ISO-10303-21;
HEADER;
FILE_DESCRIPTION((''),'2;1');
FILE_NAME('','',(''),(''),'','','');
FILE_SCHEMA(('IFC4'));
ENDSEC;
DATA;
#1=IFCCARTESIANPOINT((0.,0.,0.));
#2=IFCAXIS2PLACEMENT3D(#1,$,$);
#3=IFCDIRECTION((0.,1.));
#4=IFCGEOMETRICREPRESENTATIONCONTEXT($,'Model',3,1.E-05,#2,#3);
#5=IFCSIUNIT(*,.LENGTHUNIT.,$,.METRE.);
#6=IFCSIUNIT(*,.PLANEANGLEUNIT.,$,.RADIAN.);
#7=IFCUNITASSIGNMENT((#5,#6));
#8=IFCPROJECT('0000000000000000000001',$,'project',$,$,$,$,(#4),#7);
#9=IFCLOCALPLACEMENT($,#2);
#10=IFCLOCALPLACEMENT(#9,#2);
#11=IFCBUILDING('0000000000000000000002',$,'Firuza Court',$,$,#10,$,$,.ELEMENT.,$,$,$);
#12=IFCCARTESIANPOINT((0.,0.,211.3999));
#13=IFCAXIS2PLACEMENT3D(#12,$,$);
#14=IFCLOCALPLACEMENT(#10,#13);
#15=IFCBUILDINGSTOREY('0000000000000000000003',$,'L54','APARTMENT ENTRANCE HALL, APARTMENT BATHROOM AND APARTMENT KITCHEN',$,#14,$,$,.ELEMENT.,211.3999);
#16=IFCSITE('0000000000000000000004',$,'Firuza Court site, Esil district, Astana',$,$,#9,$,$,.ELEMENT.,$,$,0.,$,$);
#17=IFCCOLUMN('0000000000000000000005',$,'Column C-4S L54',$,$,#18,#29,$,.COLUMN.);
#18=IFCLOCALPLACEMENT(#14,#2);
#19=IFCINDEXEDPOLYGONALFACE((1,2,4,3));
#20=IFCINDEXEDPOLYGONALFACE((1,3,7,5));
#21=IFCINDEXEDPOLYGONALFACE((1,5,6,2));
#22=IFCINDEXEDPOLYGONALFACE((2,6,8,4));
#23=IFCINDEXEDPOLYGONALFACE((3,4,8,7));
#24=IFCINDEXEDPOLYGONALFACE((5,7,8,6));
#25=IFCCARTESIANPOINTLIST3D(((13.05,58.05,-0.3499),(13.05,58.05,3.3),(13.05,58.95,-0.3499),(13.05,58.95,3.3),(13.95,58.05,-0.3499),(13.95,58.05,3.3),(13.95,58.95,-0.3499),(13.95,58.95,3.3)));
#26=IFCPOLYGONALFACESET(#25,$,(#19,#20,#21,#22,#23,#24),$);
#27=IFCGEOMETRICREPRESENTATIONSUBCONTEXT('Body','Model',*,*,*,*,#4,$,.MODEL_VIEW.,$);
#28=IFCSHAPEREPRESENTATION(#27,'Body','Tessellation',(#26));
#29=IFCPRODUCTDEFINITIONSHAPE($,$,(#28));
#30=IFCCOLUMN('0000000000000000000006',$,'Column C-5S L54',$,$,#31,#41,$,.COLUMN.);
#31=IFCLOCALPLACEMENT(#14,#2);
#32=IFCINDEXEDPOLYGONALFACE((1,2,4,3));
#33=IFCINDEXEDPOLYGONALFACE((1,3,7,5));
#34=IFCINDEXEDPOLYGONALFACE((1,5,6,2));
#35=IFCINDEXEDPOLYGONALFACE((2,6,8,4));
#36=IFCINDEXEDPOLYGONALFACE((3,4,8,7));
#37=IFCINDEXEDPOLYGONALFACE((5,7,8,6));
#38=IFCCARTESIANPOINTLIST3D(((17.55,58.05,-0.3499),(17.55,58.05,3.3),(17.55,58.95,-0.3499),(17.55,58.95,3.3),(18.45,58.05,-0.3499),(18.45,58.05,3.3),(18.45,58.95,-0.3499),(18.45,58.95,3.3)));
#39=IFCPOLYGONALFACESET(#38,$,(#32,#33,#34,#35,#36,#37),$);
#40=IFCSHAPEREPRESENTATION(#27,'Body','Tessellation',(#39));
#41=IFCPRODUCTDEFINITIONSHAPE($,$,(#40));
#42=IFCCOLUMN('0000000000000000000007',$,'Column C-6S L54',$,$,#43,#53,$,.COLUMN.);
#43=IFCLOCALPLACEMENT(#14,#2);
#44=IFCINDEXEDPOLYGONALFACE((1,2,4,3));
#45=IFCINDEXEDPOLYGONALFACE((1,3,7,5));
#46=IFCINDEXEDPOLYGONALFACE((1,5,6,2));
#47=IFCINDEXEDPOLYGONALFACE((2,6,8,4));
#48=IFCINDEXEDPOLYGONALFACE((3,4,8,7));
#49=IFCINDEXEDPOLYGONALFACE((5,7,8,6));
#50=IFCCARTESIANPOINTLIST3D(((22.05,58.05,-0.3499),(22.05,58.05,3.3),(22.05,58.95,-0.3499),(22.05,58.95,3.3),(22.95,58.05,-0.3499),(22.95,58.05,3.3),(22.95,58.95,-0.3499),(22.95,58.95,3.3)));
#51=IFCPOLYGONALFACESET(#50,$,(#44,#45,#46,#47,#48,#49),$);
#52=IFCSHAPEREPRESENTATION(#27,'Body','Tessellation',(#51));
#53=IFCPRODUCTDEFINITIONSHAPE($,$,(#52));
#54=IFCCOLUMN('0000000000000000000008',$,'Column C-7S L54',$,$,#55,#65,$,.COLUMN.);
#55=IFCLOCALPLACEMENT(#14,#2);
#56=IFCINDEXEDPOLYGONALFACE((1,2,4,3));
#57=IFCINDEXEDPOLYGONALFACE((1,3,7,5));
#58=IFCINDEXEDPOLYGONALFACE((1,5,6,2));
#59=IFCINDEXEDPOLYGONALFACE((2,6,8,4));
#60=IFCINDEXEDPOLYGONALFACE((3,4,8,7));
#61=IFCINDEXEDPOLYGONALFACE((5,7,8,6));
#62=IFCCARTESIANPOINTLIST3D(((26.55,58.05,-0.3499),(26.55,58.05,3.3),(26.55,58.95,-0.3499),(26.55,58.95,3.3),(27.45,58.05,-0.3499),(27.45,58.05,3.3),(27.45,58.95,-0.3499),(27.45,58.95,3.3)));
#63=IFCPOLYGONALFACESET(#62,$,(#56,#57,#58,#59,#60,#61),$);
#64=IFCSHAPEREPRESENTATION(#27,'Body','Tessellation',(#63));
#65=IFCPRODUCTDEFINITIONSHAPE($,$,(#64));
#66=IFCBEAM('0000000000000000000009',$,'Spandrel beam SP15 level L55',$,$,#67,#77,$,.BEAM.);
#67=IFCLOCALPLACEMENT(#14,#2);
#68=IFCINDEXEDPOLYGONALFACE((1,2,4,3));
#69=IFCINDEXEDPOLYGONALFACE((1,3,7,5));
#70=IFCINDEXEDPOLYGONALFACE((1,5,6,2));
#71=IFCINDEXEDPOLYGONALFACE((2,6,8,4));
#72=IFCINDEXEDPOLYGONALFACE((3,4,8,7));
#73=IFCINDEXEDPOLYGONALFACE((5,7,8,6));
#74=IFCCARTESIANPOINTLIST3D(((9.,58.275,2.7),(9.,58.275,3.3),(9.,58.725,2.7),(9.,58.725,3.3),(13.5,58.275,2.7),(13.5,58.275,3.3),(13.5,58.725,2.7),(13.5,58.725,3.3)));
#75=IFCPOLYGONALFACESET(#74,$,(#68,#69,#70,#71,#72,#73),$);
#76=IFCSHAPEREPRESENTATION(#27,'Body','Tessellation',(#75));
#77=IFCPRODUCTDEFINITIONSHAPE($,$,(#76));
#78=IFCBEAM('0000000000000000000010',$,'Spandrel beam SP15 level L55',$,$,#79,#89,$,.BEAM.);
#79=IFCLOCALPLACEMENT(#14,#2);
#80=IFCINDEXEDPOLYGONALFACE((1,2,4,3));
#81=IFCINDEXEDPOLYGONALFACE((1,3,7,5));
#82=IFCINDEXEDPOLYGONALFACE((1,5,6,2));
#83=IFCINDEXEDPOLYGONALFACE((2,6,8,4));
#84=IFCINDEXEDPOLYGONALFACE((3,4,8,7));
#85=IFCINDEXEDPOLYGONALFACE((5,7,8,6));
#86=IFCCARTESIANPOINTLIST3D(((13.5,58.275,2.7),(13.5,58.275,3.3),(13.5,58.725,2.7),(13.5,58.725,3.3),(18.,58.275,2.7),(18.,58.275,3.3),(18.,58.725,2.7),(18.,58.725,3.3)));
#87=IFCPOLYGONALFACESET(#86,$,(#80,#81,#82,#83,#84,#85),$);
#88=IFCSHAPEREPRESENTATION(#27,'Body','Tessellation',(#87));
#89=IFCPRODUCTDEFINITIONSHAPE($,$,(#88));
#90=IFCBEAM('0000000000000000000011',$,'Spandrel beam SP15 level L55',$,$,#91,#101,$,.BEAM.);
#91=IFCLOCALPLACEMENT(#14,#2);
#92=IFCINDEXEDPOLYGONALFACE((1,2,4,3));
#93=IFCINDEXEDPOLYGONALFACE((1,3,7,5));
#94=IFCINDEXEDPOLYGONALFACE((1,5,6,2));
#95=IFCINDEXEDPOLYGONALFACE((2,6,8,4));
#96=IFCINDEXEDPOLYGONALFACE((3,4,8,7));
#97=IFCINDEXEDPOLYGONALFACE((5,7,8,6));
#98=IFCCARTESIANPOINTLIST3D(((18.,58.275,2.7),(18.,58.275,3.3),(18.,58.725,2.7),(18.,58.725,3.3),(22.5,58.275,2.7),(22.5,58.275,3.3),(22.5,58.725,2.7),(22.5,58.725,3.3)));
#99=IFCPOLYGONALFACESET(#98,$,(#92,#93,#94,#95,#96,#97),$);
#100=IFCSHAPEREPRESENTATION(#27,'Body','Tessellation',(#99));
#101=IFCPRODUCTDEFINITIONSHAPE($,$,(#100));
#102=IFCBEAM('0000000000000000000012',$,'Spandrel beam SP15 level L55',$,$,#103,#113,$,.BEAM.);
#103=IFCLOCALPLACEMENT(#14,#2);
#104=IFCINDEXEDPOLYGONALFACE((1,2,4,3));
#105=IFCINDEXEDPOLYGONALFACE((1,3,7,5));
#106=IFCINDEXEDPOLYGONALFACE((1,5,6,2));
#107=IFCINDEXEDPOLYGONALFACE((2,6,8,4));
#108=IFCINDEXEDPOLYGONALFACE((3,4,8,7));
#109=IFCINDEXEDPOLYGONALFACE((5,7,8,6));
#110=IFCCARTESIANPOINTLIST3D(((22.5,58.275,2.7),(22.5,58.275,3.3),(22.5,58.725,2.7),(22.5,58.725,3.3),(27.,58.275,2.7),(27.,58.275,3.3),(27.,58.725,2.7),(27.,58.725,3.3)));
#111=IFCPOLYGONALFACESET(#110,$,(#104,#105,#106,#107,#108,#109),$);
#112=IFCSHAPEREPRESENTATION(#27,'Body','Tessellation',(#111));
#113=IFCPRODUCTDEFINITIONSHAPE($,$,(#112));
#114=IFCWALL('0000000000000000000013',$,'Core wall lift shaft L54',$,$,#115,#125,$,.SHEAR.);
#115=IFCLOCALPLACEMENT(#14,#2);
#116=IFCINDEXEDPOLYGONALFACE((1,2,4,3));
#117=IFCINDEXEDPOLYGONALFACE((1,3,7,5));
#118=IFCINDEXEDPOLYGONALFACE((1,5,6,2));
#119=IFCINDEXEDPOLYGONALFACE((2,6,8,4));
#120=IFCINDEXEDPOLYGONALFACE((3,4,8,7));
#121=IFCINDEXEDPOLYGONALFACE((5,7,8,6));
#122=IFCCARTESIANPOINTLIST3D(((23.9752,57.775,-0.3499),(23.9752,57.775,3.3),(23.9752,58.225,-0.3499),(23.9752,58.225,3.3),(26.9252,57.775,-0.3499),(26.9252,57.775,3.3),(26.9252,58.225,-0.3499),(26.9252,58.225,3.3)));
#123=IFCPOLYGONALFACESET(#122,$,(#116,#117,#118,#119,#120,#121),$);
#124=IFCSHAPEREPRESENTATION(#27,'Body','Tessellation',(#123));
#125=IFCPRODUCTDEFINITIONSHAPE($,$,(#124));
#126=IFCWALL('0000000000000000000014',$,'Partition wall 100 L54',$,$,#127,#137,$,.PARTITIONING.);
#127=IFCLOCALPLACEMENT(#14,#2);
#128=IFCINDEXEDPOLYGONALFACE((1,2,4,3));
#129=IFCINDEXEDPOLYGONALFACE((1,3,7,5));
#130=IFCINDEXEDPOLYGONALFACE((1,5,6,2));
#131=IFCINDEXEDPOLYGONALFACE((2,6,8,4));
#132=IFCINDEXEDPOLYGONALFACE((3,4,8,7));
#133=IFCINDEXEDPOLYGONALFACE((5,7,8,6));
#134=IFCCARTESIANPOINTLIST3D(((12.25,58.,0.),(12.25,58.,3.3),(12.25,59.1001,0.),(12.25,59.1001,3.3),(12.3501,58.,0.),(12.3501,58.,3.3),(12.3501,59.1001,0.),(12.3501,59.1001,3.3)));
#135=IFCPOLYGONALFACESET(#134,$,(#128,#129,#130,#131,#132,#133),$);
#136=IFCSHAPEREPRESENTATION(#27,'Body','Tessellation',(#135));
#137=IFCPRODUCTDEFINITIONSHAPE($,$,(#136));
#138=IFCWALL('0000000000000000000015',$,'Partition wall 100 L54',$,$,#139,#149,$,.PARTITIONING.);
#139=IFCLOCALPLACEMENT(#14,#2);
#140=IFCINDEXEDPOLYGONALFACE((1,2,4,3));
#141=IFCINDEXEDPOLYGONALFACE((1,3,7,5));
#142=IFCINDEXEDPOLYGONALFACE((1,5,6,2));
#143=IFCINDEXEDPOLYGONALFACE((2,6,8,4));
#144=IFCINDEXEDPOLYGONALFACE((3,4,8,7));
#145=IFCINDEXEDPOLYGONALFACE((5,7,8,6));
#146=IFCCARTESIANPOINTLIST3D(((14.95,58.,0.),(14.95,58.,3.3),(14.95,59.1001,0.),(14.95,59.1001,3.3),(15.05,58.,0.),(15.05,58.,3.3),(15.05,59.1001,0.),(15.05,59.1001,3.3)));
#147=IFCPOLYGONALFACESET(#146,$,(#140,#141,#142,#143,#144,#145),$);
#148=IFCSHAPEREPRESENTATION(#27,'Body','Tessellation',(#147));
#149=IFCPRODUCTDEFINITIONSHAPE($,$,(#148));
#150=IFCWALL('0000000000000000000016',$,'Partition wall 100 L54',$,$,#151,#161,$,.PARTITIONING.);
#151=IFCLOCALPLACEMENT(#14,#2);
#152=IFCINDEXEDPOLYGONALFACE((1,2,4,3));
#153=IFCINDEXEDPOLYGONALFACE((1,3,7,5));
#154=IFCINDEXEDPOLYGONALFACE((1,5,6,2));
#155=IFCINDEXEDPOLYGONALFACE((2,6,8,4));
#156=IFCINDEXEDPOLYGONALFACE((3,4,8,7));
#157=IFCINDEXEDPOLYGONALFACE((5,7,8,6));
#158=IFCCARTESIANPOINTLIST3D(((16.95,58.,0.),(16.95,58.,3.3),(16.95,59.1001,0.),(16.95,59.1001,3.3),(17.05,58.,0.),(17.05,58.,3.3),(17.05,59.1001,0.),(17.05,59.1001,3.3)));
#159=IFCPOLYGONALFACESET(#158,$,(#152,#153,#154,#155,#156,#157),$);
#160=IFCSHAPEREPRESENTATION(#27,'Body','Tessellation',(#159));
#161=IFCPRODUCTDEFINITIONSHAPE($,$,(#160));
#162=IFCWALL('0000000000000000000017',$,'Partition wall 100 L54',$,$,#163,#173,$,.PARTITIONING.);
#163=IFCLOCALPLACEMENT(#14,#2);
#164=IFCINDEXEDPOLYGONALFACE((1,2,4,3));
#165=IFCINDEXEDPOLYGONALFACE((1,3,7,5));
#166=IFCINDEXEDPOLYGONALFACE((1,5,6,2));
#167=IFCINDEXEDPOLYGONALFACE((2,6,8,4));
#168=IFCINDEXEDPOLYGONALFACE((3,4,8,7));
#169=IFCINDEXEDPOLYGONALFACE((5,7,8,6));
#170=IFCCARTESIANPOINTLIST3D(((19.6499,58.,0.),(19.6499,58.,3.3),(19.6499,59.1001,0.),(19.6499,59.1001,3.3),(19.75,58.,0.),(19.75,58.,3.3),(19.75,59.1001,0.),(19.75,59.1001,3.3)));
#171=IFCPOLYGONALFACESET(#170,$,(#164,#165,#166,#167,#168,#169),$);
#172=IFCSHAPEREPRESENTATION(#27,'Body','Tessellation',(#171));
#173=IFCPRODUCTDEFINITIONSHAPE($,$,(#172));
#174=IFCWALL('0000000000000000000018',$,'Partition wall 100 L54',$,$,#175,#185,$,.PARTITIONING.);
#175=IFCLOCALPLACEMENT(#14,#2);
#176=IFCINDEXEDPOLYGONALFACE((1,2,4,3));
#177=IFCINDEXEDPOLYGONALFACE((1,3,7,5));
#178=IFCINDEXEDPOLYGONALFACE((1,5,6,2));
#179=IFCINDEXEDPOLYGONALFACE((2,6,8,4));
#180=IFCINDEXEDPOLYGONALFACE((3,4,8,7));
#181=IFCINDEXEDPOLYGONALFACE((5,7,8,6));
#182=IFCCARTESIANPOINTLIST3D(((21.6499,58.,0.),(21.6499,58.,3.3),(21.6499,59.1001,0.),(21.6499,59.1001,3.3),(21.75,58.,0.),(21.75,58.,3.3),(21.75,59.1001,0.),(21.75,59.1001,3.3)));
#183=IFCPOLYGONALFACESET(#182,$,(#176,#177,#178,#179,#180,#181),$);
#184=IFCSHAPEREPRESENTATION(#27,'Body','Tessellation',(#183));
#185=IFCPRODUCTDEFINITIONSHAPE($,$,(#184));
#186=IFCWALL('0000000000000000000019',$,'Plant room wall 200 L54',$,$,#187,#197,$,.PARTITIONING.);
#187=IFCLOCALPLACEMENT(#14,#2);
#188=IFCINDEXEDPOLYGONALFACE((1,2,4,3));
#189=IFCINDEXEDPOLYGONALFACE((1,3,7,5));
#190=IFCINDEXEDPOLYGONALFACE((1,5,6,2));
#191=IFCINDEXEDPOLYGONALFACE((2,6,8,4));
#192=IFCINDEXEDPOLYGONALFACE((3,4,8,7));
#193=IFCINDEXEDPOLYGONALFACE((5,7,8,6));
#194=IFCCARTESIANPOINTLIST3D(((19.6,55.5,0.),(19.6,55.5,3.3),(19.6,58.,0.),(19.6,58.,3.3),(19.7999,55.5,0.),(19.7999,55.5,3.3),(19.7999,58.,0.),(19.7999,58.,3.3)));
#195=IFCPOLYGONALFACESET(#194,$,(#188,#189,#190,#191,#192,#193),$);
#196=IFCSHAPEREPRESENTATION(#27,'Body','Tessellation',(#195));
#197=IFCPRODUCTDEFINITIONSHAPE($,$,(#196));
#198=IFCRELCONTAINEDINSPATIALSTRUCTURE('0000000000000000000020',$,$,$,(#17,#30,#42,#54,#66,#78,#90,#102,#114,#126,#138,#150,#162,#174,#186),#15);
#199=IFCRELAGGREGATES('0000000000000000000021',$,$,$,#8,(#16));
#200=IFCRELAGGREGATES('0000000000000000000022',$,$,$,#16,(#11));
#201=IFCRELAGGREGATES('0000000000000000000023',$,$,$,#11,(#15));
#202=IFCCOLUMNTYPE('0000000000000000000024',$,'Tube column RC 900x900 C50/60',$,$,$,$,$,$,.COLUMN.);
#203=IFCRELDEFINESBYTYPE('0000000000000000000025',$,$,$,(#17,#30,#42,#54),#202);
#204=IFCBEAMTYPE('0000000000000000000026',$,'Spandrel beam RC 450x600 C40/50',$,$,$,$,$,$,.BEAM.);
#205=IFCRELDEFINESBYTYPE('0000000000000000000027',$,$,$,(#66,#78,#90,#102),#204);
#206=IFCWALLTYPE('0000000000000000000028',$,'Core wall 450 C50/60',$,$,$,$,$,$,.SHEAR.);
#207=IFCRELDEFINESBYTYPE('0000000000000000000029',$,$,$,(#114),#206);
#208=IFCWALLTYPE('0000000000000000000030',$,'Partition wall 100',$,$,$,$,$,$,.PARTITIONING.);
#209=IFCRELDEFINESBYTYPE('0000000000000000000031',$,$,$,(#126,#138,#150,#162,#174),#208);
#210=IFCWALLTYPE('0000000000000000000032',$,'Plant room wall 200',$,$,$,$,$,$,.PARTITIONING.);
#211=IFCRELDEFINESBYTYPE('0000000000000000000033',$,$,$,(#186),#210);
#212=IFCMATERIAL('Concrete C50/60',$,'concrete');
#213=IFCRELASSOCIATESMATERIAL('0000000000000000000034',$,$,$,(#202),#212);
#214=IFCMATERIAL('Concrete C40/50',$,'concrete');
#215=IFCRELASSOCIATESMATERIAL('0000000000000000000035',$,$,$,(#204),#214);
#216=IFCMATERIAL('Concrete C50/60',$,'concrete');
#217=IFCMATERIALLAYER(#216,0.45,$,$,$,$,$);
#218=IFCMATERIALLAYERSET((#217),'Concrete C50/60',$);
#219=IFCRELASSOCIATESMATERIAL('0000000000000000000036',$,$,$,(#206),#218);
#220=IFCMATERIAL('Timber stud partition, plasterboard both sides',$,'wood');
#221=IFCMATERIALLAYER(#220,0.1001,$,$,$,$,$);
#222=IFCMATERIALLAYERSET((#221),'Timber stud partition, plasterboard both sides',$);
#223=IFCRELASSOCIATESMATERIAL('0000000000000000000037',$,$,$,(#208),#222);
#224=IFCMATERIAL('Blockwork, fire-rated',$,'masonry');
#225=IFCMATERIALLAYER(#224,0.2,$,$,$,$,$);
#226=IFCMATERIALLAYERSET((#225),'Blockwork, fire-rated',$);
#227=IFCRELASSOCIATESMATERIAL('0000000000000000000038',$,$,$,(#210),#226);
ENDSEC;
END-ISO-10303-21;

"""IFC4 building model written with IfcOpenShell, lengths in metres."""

from ifc_helpers import new_model, si_unit, direction, frame, frame_2d, origin, origin_2d, place, context, subcontext, project, spatial, rectangle, extrude, material, layer, layer_set, material_profile, profile_set, type_object, element, save


model = new_model("IFC4")

# Units and contexts
model_context = context("Model", 3, precision=1e-05, world=origin(), true_north=direction((0.0, 1.0)))
body_context = subcontext(model_context, "Body", "Model", "MODEL_VIEW")
ifc_project = project(units=[si_unit("LENGTHUNIT", "METRE"), si_unit("PLANEANGLEUNIT", "RADIAN")], contexts=[model_context])

# Site, building, storey
site_placement = place(None, origin())
site = spatial("IfcSite", under=ifc_project, at=site_placement, Name="Firuza Court site, Esil district, Astana", CompositionType="ELEMENT", RefElevation=0.0)
building_placement = place(site_placement, origin())
building = spatial("IfcBuilding", under=site, at=building_placement, Name="Firuza Court", CompositionType="ELEMENT")
storey_placement = place(building_placement, frame((0.0, 0.0, 211.3999)))
storey = spatial("IfcBuildingStorey", under=building, at=storey_placement, Name="L54", Description="APARTMENT ENTRANCE HALL, APARTMENT BATHROOM AND APARTMENT KITCHEN", CompositionType="ELEMENT", Elevation=211.3999)

# Columns
ifc_material_1 = material(Name="Concrete C50/60", Category="concrete")
ifc_material_profile_1 = material_profile(ifc_material_1, rectangle(XDim=0.8999, YDim=0.8999, at=origin_2d()), Name="RC 900x900")
ifc_profile_set_1 = profile_set([ifc_material_profile_1], Name="Concrete C50/60")
column_type = type_object("IfcColumnType", Name="Tube column RC 900x900 C50/60", PredefinedType="COLUMN", material=ifc_profile_set_1)
for number, where, z_axis, x_axis, name in (
    (1, (13.5, 58.5, -0.3499), (0.0, 0.0, 1.0), (1.0, 0.0, 0.0), "Column C-4S L54"),
    (2, (18.0, 58.5, -0.3499), (0.0, 0.0, 1.0), (1.0, 0.0, 0.0), "Column C-5S L54"),
    (3, (22.5, 58.5, -0.3499), (0.0, 0.0, 1.0), (1.0, 0.0, 0.0), "Column C-6S L54"),
    (4, (27.0, 58.5, -0.3499), (0.0, 0.0, 1.0), (1.0, 0.0, 0.0), "Column C-7S L54"),
):
    element("IfcColumn", number, at=place(storey_placement, frame(where, z_axis=z_axis, x_axis=x_axis)), inside=storey, type_object=column_type, Name=name, PredefinedType="COLUMN", context=body_context, shape_type="SweptSolid", body=[
        extrude(rectangle(XDim=0.8999, YDim=0.8999, at=origin_2d()), origin(), (0.0, 0.0, 1.0), 3.6499),
    ])

# Beams
ifc_material_2 = material(Name="Concrete C40/50", Category="concrete")
ifc_material_profile_2 = material_profile(ifc_material_2, rectangle(XDim=0.45, YDim=0.6001, at=origin_2d()), Name="RC 450x600")
ifc_profile_set_2 = profile_set([ifc_material_profile_2], Name="Concrete C40/50")
beam_type = type_object("IfcBeamType", Name="Spandrel beam RC 450x600 C40/50", PredefinedType="BEAM", material=ifc_profile_set_2)
for number, where, z_axis, x_axis, name in (
    (5, (13.5, 58.5, 3.0), (-1.0, 0.0, 0.0), (0.0, -1.0, 0.0), "Spandrel beam SP15 level L55"),
    (6, (18.0, 58.5, 3.0), (-1.0, 0.0, 0.0), (0.0, -1.0, 0.0), "Spandrel beam SP15 level L55"),
    (7, (22.5, 58.5, 3.0), (-1.0, 0.0, 0.0), (0.0, -1.0, 0.0), "Spandrel beam SP15 level L55"),
    (8, (27.0, 58.5, 3.0), (-1.0, 0.0, 0.0), (0.0, -1.0, 0.0), "Spandrel beam SP15 level L55"),
):
    element("IfcBeam", number, at=place(storey_placement, frame(where, z_axis=z_axis, x_axis=x_axis)), inside=storey, type_object=beam_type, Name=name, PredefinedType="BEAM", context=body_context, shape_type="SweptSolid", body=[
        extrude(rectangle(XDim=0.45, YDim=0.6001, at=origin_2d()), origin(), (0.0, 0.0, 1.0), 4.5),
    ])

# Walls
ifc_material_3 = material(Name="Concrete C50/60", Category="concrete")
ifc_layer_1 = layer(ifc_material_3, 0.45)
ifc_layer_set_1 = layer_set([ifc_layer_1], Name="Concrete C50/60")
wall_type_1 = type_object("IfcWallType", Name="Core wall 450 C50/60", PredefinedType="SHEAR", material=ifc_layer_set_1)
wall_1_placement = place(storey_placement, frame((23.9751, 58.0, -0.3499), z_axis=(0.0, 0.0, 1.0), x_axis=(1.0, 0.0, 0.0)))
element("IfcWall", 9, at=wall_1_placement, inside=storey, type_object=wall_type_1, Name="Core wall lift shaft L54", PredefinedType="SHEAR", context=body_context, shape_type="SweptSolid", body=[
    extrude(rectangle(XDim=2.95, YDim=0.45, at=frame_2d((1.4751, 0.0))), origin(), (0.0, 0.0, 1.0), 3.6499),
])
ifc_material_4 = material(Name="Timber stud partition, plasterboard both sides", Category="wood")
ifc_layer_2 = layer(ifc_material_4, 0.1001)
ifc_layer_set_2 = layer_set([ifc_layer_2], Name="Timber stud partition, plasterboard both sides")
wall_type_2 = type_object("IfcWallType", Name="Partition wall 100", PredefinedType="PARTITIONING", material=ifc_layer_set_2)
for number, where, z_axis, x_axis, name in (
    (10, (12.3, 58.0, 0.0), (0.0, 0.0, 1.0), (0.0, 1.0, 0.0), "Partition wall 100 L54"),
    (11, (15.0, 58.0, 0.0), (0.0, 0.0, 1.0), (0.0, 1.0, 0.0), "Partition wall 100 L54"),
    (12, (17.0, 58.0, 0.0), (0.0, 0.0, 1.0), (0.0, 1.0, 0.0), "Partition wall 100 L54"),
    (13, (19.7, 58.0, 0.0), (0.0, 0.0, 1.0), (0.0, 1.0, 0.0), "Partition wall 100 L54"),
    (14, (21.7, 58.0, 0.0), (0.0, 0.0, 1.0), (0.0, 1.0, 0.0), "Partition wall 100 L54"),
):
    element("IfcWall", number, at=place(storey_placement, frame(where, z_axis=z_axis, x_axis=x_axis)), inside=storey, type_object=wall_type_2, Name=name, PredefinedType="PARTITIONING", context=body_context, shape_type="SweptSolid", body=[
        extrude(rectangle(XDim=1.1001, YDim=0.1001, at=frame_2d((0.55, 0.0))), origin(), (0.0, 0.0, 1.0), 3.3),
    ])
ifc_material_5 = material(Name="Blockwork, fire-rated", Category="masonry")
ifc_layer_3 = layer(ifc_material_5, 0.2)
ifc_layer_set_3 = layer_set([ifc_layer_3], Name="Blockwork, fire-rated")
wall_type_3 = type_object("IfcWallType", Name="Plant room wall 200", PredefinedType="PARTITIONING", material=ifc_layer_set_3)
wall_2_placement = place(storey_placement, frame((19.7, 55.5, 0.0), z_axis=(0.0, 0.0, 1.0), x_axis=(0.0, 1.0, 0.0)))
element("IfcWall", 15, at=wall_2_placement, inside=storey, type_object=wall_type_3, Name="Plant room wall 200 L54", PredefinedType="PARTITIONING", context=body_context, shape_type="SweptSolid", body=[
    extrude(rectangle(XDim=2.5, YDim=0.2, at=frame_2d((1.25, 0.0))), origin(), (0.0, 0.0, 1.0), 3.3),
])

save(model, "model.ifc")
